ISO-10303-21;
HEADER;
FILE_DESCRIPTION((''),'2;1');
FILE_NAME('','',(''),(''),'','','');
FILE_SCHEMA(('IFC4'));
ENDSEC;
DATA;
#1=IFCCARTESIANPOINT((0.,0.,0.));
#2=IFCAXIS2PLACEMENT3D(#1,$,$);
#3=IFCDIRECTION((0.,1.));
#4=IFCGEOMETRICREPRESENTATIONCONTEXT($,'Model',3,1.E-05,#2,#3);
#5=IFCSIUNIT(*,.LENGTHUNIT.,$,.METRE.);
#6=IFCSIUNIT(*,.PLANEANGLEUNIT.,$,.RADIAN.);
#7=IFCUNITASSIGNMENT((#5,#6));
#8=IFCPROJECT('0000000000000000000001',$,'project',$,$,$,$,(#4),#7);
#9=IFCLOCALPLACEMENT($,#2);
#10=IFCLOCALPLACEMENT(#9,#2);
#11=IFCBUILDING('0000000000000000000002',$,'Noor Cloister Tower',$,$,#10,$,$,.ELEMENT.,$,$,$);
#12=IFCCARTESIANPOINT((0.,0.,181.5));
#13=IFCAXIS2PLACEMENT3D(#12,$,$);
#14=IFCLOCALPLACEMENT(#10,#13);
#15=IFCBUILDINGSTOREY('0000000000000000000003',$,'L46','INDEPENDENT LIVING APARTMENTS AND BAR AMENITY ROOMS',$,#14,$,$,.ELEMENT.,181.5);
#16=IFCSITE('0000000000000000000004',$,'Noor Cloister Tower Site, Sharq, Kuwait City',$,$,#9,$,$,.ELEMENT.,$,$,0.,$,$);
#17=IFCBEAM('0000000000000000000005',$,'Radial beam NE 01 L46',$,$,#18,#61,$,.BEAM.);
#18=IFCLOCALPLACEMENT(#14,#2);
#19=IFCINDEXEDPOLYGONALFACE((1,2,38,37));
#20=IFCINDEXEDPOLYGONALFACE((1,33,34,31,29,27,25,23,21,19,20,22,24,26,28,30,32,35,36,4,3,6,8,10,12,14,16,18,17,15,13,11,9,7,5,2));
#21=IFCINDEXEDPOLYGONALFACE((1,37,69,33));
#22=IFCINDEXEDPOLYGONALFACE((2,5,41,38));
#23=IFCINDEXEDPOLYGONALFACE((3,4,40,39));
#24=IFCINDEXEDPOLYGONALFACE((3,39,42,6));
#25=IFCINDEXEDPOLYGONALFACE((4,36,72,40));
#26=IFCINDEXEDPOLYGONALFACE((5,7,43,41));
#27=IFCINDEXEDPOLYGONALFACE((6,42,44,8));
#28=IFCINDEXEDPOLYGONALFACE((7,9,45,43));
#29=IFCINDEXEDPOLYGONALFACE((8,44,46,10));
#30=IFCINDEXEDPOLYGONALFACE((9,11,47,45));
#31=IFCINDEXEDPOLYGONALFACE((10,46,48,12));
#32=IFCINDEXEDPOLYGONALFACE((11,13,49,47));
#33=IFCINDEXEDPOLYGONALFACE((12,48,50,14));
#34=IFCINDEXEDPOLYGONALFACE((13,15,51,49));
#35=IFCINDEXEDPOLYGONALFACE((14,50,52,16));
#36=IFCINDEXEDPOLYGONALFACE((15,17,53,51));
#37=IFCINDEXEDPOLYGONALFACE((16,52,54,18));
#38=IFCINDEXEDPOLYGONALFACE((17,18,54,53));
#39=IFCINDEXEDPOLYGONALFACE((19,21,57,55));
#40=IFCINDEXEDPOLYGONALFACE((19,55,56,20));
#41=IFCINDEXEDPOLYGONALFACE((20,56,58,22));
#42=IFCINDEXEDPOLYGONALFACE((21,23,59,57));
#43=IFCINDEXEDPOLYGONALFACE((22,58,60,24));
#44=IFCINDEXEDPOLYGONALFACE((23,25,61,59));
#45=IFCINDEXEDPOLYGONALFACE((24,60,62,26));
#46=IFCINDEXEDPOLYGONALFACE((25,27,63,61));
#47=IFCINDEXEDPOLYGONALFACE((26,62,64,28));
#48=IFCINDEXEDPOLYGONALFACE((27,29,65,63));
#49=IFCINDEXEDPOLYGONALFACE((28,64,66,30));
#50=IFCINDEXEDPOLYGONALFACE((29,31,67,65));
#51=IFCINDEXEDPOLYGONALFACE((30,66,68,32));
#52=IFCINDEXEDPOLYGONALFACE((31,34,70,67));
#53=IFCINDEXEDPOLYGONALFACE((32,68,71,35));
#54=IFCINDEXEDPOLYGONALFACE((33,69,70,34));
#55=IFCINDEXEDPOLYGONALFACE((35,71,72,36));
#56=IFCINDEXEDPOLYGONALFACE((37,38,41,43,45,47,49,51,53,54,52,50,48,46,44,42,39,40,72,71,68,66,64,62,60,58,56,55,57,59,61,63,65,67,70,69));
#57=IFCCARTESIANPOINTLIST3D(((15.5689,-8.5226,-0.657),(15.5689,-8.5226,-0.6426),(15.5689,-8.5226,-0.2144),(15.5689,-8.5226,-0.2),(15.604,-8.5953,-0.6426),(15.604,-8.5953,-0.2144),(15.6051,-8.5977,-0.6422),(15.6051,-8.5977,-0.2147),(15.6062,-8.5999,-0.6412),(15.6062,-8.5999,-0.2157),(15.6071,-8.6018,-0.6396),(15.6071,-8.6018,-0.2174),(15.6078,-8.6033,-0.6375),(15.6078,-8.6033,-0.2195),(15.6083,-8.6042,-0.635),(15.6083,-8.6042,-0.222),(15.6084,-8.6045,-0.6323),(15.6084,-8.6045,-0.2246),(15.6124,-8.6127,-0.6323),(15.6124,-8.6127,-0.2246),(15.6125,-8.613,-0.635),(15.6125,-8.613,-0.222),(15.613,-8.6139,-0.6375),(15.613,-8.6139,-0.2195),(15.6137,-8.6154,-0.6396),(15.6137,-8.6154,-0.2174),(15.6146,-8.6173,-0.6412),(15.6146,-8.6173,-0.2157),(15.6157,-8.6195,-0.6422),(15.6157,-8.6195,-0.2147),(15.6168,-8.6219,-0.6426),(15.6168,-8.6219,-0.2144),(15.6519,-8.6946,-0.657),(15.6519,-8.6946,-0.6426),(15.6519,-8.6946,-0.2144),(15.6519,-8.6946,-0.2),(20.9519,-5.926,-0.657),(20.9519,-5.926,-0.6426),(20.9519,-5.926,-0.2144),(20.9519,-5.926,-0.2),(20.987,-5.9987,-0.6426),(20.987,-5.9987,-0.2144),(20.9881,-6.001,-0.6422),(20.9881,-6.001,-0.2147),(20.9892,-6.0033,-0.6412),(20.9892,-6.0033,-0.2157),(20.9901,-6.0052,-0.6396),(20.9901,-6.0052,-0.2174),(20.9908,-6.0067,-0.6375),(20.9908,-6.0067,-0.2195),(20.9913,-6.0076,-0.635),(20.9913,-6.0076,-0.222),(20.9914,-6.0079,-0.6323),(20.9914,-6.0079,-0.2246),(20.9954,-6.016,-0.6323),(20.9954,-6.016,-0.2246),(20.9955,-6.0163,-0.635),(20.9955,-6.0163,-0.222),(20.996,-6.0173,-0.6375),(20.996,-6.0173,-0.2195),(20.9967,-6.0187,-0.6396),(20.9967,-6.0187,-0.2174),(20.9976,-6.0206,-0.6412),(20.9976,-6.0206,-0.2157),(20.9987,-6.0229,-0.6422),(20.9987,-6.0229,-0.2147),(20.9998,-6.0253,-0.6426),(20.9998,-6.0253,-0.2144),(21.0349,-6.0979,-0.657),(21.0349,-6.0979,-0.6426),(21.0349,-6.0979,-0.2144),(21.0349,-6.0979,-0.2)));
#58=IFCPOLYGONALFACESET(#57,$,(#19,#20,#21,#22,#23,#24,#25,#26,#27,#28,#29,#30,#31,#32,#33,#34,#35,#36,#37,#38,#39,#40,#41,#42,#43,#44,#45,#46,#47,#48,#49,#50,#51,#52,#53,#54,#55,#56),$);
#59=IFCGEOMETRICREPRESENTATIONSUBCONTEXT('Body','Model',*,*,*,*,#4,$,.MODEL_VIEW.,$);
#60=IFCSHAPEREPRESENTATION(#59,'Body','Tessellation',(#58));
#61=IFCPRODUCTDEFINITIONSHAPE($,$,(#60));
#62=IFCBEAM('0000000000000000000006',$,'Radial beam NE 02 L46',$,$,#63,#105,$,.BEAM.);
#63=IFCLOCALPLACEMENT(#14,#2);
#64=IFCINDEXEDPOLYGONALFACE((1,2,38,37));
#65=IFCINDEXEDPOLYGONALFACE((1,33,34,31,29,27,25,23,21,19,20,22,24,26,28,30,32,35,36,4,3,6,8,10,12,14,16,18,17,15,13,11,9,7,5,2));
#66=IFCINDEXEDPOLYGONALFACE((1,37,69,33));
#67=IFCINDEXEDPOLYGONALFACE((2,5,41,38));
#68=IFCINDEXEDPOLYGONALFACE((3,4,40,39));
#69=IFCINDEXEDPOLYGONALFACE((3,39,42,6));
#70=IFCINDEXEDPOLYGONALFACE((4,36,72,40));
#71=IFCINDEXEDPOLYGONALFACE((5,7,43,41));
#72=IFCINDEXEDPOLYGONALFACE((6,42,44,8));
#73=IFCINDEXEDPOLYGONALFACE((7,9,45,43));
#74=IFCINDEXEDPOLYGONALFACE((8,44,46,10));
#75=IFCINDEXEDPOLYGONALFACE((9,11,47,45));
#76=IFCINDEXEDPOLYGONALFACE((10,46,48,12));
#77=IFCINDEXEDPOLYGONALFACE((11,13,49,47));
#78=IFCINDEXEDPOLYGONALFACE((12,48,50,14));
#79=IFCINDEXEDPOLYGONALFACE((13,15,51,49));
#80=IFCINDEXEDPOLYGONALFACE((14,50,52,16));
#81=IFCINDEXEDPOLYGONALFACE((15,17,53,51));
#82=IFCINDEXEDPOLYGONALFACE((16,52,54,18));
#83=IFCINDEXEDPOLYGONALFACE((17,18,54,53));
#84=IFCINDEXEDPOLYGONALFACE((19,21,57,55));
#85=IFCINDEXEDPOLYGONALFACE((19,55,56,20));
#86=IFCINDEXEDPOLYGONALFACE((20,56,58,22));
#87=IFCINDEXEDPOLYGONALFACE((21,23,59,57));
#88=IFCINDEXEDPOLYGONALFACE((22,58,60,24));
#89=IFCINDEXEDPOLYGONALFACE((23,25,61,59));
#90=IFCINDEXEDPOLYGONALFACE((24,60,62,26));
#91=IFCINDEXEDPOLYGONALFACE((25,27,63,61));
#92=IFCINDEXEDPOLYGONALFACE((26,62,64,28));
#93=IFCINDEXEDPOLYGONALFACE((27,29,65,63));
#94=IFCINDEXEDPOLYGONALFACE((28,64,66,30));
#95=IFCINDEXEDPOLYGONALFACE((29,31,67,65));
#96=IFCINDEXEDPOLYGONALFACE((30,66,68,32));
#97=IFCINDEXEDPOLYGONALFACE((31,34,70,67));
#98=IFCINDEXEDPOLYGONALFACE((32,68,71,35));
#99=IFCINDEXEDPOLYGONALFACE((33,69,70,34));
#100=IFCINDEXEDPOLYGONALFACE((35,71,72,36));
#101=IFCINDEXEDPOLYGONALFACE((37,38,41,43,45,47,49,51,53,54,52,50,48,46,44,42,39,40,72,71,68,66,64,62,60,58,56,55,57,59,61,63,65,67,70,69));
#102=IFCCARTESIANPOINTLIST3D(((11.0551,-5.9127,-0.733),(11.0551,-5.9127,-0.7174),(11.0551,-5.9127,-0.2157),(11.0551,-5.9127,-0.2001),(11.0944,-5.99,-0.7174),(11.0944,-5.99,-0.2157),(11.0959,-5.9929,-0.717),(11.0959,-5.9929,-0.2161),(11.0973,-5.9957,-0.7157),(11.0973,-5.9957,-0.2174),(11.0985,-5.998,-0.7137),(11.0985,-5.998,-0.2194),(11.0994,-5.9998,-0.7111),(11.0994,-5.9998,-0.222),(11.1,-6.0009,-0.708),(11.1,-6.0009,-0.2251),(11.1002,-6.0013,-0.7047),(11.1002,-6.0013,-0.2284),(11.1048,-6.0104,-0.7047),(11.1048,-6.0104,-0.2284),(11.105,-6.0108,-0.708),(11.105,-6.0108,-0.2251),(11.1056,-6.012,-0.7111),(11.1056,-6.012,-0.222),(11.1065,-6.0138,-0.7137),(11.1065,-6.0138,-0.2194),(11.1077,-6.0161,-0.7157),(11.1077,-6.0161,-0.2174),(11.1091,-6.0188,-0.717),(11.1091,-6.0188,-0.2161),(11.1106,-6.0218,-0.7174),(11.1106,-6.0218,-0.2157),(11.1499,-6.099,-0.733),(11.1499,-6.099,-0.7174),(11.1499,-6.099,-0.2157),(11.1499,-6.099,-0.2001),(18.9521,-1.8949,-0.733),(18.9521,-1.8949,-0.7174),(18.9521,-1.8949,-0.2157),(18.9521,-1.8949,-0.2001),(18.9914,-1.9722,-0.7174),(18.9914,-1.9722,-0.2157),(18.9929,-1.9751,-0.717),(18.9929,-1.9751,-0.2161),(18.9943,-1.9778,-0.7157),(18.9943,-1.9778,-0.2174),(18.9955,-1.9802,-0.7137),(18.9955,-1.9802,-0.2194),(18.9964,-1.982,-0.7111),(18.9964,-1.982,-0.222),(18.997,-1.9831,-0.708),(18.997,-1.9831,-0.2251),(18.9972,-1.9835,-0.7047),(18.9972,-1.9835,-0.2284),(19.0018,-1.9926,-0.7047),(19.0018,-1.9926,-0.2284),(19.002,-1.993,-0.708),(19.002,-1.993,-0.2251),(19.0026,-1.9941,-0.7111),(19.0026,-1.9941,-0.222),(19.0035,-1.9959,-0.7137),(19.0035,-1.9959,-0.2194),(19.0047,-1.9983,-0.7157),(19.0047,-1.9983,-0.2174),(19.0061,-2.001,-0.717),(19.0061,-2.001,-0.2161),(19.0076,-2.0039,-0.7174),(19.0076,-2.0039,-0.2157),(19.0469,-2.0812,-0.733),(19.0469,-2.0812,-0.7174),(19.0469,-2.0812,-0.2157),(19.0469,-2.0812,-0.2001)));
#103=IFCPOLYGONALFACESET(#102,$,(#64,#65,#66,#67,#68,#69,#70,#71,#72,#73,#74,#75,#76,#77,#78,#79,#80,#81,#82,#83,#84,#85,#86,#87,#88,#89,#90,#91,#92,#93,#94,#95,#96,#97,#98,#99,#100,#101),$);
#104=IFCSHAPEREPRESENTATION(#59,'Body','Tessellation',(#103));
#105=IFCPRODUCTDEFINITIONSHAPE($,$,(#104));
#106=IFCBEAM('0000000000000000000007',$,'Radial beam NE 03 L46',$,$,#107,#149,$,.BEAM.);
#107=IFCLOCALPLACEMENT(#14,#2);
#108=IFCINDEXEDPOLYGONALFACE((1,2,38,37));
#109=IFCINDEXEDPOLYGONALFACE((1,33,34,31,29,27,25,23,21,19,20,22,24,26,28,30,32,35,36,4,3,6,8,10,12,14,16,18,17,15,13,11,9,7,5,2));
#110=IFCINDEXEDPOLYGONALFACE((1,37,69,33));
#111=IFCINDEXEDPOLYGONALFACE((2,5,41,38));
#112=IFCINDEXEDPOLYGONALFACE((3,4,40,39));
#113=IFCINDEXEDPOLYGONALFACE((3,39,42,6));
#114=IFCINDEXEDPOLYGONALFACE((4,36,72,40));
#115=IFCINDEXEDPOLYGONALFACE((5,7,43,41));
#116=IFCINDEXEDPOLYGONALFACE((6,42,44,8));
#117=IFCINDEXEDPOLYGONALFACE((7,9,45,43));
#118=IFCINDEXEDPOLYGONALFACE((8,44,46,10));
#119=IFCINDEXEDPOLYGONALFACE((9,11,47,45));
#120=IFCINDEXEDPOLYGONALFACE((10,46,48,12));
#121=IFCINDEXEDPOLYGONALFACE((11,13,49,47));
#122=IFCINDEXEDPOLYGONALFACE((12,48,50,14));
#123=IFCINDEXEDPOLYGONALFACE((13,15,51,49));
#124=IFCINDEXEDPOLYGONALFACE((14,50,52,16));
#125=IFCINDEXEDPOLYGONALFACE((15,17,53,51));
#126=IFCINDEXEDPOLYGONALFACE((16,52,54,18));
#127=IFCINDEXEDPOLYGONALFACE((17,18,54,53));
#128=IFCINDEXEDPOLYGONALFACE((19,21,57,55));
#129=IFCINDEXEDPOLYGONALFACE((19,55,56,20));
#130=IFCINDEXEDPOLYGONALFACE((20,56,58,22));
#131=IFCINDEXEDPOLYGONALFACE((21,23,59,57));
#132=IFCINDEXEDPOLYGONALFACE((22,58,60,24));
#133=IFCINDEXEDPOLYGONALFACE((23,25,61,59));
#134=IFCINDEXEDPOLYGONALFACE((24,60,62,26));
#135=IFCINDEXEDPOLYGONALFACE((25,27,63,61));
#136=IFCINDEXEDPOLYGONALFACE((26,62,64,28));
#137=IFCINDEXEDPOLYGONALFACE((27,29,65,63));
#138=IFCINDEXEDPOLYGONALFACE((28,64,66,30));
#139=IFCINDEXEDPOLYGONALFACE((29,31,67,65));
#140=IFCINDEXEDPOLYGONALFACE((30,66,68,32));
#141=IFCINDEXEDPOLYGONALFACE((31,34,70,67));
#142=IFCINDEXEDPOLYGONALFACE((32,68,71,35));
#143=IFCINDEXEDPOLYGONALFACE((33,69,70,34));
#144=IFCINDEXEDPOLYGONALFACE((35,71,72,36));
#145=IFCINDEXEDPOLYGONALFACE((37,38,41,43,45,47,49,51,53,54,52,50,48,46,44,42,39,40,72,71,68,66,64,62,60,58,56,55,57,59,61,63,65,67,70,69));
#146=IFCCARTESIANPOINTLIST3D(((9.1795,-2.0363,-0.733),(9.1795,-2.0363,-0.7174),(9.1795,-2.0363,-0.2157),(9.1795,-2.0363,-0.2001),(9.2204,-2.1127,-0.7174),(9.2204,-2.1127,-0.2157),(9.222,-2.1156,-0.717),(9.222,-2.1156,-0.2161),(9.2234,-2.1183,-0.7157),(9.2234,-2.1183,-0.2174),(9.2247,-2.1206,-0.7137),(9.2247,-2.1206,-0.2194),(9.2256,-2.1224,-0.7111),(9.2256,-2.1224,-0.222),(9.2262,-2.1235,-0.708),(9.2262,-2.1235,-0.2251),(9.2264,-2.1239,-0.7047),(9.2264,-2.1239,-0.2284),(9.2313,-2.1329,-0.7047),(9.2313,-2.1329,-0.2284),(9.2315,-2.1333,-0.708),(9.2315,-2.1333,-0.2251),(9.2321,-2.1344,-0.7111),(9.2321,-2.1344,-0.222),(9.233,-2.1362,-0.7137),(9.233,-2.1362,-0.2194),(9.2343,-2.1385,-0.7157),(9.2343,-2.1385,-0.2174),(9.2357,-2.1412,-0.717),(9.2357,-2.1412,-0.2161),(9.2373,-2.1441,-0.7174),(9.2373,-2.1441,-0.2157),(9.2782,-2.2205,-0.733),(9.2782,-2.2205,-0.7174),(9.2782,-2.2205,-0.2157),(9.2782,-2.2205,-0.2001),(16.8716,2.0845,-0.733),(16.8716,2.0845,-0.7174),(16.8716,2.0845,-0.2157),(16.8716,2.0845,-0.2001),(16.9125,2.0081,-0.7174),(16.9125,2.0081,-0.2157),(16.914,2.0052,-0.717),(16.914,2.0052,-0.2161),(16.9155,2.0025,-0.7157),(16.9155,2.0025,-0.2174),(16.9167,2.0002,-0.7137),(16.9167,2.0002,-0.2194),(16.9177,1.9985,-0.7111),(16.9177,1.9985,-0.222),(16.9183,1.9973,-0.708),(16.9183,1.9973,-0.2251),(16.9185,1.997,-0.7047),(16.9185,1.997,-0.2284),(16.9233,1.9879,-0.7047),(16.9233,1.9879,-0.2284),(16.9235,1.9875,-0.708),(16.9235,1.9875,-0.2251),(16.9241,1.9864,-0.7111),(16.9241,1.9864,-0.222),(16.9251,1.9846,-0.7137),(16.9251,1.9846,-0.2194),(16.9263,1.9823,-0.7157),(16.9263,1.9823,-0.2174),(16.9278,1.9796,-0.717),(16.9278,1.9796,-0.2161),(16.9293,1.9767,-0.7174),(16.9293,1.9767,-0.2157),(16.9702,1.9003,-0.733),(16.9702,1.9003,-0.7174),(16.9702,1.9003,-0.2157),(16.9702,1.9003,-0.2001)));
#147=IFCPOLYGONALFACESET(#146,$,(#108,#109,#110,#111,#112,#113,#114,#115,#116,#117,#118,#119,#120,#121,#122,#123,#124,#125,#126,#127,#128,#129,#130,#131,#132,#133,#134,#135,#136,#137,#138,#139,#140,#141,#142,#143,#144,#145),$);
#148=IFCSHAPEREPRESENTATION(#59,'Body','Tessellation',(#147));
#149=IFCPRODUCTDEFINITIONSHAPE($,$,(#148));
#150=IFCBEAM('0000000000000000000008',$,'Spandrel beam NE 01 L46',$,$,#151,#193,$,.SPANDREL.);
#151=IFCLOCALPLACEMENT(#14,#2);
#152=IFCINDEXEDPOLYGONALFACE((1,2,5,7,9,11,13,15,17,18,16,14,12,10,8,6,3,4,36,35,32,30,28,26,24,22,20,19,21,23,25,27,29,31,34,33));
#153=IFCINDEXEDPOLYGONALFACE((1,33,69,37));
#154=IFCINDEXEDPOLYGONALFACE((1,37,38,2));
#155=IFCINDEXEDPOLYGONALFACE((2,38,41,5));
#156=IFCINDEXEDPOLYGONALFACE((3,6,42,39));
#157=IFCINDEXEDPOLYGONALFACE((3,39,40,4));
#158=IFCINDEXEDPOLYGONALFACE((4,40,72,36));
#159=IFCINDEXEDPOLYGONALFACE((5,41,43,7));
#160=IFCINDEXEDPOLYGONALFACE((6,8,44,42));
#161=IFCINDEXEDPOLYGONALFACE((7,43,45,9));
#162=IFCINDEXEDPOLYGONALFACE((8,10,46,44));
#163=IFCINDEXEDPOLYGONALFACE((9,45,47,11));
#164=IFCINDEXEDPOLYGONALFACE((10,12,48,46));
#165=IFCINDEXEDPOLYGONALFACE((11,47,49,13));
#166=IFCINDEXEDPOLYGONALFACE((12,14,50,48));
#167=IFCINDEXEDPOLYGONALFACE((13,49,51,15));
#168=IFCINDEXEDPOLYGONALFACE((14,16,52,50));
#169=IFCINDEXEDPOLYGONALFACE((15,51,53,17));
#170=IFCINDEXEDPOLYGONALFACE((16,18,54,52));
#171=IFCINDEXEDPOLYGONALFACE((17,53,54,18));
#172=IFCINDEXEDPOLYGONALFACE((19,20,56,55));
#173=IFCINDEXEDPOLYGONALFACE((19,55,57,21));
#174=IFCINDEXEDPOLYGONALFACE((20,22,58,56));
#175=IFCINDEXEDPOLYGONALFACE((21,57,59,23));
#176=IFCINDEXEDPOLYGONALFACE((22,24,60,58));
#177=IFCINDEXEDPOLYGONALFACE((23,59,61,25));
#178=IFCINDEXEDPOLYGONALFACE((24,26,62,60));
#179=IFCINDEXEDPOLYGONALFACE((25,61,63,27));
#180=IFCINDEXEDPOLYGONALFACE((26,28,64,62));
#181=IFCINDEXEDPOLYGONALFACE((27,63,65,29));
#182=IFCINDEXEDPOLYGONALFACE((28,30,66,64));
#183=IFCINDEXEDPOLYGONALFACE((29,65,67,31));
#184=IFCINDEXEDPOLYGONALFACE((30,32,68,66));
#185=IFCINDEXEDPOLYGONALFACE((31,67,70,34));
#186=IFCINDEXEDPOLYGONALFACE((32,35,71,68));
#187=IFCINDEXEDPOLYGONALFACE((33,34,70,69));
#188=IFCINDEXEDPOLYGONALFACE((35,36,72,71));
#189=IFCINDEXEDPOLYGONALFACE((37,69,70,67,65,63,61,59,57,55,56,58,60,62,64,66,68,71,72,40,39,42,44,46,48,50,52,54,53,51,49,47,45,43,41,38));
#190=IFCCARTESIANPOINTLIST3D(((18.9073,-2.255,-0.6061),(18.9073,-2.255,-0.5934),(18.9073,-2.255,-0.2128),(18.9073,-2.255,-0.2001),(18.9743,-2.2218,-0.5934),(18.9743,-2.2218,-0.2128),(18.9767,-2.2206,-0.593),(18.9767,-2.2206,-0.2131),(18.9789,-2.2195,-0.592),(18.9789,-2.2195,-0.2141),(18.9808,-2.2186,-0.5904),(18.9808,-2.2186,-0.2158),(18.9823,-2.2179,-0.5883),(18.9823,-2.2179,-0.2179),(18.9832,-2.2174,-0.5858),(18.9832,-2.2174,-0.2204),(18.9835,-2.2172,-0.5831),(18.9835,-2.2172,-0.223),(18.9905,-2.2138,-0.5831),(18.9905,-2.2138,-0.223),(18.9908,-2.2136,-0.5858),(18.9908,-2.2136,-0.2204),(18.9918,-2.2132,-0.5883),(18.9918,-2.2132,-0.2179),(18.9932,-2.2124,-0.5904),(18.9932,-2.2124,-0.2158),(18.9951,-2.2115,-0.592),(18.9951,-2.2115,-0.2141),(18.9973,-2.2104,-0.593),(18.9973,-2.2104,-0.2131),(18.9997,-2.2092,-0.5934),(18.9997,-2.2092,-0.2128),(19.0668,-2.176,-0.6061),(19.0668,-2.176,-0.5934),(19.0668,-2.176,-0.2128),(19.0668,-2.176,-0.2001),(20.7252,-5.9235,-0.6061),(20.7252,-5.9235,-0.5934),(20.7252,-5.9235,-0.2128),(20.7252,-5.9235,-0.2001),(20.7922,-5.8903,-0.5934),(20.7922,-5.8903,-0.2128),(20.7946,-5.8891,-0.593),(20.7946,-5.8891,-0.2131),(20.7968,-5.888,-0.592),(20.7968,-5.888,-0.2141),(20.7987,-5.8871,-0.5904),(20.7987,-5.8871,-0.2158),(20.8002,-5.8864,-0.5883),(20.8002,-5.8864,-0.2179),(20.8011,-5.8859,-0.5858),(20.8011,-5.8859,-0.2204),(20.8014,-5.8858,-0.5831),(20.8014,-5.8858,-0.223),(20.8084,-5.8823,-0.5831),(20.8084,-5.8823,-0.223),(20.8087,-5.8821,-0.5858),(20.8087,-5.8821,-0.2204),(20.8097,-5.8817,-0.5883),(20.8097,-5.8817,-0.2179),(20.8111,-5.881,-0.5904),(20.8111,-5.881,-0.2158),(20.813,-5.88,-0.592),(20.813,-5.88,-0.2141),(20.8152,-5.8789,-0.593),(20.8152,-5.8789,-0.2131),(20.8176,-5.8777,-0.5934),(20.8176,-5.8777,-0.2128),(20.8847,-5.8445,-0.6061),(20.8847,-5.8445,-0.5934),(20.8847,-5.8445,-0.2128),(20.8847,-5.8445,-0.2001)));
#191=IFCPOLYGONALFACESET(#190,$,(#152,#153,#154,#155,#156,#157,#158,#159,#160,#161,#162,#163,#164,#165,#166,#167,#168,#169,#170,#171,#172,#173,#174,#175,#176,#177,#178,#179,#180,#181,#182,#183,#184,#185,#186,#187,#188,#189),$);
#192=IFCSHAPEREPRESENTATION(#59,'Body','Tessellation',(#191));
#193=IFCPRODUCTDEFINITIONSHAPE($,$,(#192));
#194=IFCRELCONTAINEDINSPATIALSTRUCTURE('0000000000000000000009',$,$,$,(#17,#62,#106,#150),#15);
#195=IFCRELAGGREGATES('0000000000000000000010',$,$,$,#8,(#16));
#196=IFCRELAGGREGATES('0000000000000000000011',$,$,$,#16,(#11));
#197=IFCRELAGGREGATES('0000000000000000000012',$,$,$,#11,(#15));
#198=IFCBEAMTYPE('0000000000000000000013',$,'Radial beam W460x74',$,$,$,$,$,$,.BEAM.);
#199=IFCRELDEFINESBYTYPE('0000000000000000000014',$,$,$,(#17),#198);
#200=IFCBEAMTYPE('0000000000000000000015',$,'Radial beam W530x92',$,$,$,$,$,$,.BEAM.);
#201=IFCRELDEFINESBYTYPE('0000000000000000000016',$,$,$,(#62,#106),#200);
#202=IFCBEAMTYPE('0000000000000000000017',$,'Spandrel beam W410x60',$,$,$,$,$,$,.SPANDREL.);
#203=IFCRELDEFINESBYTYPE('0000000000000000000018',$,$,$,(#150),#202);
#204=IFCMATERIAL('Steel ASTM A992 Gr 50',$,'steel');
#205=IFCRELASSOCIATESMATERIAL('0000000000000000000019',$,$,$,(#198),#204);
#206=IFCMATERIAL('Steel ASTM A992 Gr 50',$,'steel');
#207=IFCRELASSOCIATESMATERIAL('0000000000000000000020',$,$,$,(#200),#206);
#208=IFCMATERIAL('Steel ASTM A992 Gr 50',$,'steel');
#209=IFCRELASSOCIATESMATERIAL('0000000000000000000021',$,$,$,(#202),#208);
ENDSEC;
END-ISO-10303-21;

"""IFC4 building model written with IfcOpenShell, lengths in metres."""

from ifc_helpers import new_model, si_unit, direction, frame, origin, origin_2d, place, context, subcontext, project, spatial, i_section, extrude, material, material_profile, profile_set, type_object, element, save


model = new_model("IFC4")

# Units and contexts
model_context = context("Model", 3, precision=1e-05, world=origin(), true_north=direction((0.0, 1.0)))
body_context = subcontext(model_context, "Body", "Model", "MODEL_VIEW")
ifc_project = project(units=[si_unit("LENGTHUNIT", "METRE"), si_unit("PLANEANGLEUNIT", "RADIAN")], contexts=[model_context])

# Site, building, storey
site_placement = place(None, origin())
site = spatial("IfcSite", under=ifc_project, at=site_placement, Name="Noor Cloister Tower Site, Sharq, Kuwait City", CompositionType="ELEMENT", RefElevation=0.0)
building_placement = place(site_placement, origin())
building = spatial("IfcBuilding", under=site, at=building_placement, Name="Noor Cloister Tower", CompositionType="ELEMENT")
storey_placement = place(building_placement, frame((0.0, 0.0, 181.5)))
storey = spatial("IfcBuildingStorey", under=building, at=storey_placement, Name="L46", Description="INDEPENDENT LIVING APARTMENTS AND BAR AMENITY ROOMS", CompositionType="ELEMENT", Elevation=181.5)

# Beams
ifc_material_1 = material(Name="Steel ASTM A992 Gr 50", Category="steel")
ifc_material_profile_1 = material_profile(ifc_material_1, i_section(OverallWidth=0.1909, OverallDepth=0.457, WebThickness=0.009, FlangeThickness=0.0144, FilletRadius=0.0103, at=origin_2d()), Name="W460x74")
ifc_profile_set_1 = profile_set([ifc_material_profile_1], Name="Steel ASTM A992 Gr 50")
beam_type_1 = type_object("IfcBeamType", Name="Radial beam W460x74", PredefinedType="BEAM", material=ifc_profile_set_1)
beam_1_placement = place(storey_placement, frame((20.9934, -6.012, -0.4285), z_axis=(-0.900685, -0.434473, 0.0), x_axis=(0.434473, -0.900685, 0.0)))
element("IfcBeam", 1, at=beam_1_placement, inside=storey, type_object=beam_type_1, Name="Radial beam NE 01 L46", PredefinedType="BEAM", context=body_context, shape_type="SweptSolid", body=[
    extrude(i_section(OverallWidth=0.1909, OverallDepth=0.457, WebThickness=0.009, FlangeThickness=0.0144, FilletRadius=0.0103, at=origin_2d()), origin(), (0.0, 0.0, 1.0), 5.9766),
])
ifc_material_2 = material(Name="Steel ASTM A992 Gr 50", Category="steel")
ifc_material_profile_2 = material_profile(ifc_material_2, i_section(OverallWidth=0.209, OverallDepth=0.533, WebThickness=0.0103, FlangeThickness=0.0156, FilletRadius=0.0127, at=origin_2d()), Name="W530x92")
ifc_profile_set_2 = profile_set([ifc_material_profile_2], Name="Steel ASTM A992 Gr 50")
beam_type_2 = type_object("IfcBeamType", Name="Radial beam W530x92", PredefinedType="BEAM", material=ifc_profile_set_2)
beam_2_placement = place(storey_placement, frame((18.9995, -1.988, -0.4666), z_axis=(-0.891275, -0.453463, 0.0), x_axis=(0.453463, -0.891275, 0.0)))
element("IfcBeam", 2, at=beam_2_placement, inside=storey, type_object=beam_type_2, Name="Radial beam NE 02 L46", PredefinedType="BEAM", context=body_context, shape_type="SweptSolid", body=[
    extrude(i_section(OverallWidth=0.209, OverallDepth=0.533, WebThickness=0.0103, FlangeThickness=0.0156, FilletRadius=0.0127, at=origin_2d()), origin(), (0.0, 0.0, 1.0), 8.8604),
])
beam_3_placement = place(storey_placement, frame((16.9209, 1.9924, -0.4666), z_axis=(-0.881477, -0.472227, 0.0), x_axis=(0.472227, -0.881477, 0.0)))
element("IfcBeam", 3, at=beam_3_placement, inside=storey, type_object=beam_type_2, Name="Radial beam NE 03 L46", PredefinedType="BEAM", context=body_context, shape_type="SweptSolid", body=[
    extrude(i_section(OverallWidth=0.209, OverallDepth=0.533, WebThickness=0.0103, FlangeThickness=0.0156, FilletRadius=0.0127, at=origin_2d()), origin(), (0.0, 0.0, 1.0), 8.7263),
])
ifc_material_3 = material(Name="Steel ASTM A992 Gr 50", Category="steel")
ifc_material_profile_3 = material_profile(ifc_material_3, i_section(OverallWidth=0.178, OverallDepth=0.406, WebThickness=0.0078, FlangeThickness=0.0127, FilletRadius=0.0103, at=origin_2d()), Name="W410x60")
ifc_profile_set_3 = profile_set([ifc_material_profile_3], Name="Steel ASTM A992 Gr 50")
beam_type_3 = type_object("IfcBeamType", Name="Spandrel beam W410x60", PredefinedType="SPANDREL", material=ifc_profile_set_3)
for number, where, z_axis, x_axis, name in (
    (4, (20.8049, -5.884, -0.4031), (-0.444015, 0.89602, 0.0), (-0.89602, -0.444015, 0.0), "Spandrel beam NE 01 L46"),
):
    element("IfcBeam", number, at=place(storey_placement, frame(where, z_axis=z_axis, x_axis=x_axis)), inside=storey, type_object=beam_type_3, Name=name, PredefinedType="SPANDREL", context=body_context, shape_type="SweptSolid", body=[
        extrude(i_section(OverallWidth=0.178, OverallDepth=0.406, WebThickness=0.0078, FlangeThickness=0.0127, FilletRadius=0.0103, at=origin_2d()), origin(), (0.0, 0.0, 1.0), 4.0942),
    ])

save(model, "model.ifc")
